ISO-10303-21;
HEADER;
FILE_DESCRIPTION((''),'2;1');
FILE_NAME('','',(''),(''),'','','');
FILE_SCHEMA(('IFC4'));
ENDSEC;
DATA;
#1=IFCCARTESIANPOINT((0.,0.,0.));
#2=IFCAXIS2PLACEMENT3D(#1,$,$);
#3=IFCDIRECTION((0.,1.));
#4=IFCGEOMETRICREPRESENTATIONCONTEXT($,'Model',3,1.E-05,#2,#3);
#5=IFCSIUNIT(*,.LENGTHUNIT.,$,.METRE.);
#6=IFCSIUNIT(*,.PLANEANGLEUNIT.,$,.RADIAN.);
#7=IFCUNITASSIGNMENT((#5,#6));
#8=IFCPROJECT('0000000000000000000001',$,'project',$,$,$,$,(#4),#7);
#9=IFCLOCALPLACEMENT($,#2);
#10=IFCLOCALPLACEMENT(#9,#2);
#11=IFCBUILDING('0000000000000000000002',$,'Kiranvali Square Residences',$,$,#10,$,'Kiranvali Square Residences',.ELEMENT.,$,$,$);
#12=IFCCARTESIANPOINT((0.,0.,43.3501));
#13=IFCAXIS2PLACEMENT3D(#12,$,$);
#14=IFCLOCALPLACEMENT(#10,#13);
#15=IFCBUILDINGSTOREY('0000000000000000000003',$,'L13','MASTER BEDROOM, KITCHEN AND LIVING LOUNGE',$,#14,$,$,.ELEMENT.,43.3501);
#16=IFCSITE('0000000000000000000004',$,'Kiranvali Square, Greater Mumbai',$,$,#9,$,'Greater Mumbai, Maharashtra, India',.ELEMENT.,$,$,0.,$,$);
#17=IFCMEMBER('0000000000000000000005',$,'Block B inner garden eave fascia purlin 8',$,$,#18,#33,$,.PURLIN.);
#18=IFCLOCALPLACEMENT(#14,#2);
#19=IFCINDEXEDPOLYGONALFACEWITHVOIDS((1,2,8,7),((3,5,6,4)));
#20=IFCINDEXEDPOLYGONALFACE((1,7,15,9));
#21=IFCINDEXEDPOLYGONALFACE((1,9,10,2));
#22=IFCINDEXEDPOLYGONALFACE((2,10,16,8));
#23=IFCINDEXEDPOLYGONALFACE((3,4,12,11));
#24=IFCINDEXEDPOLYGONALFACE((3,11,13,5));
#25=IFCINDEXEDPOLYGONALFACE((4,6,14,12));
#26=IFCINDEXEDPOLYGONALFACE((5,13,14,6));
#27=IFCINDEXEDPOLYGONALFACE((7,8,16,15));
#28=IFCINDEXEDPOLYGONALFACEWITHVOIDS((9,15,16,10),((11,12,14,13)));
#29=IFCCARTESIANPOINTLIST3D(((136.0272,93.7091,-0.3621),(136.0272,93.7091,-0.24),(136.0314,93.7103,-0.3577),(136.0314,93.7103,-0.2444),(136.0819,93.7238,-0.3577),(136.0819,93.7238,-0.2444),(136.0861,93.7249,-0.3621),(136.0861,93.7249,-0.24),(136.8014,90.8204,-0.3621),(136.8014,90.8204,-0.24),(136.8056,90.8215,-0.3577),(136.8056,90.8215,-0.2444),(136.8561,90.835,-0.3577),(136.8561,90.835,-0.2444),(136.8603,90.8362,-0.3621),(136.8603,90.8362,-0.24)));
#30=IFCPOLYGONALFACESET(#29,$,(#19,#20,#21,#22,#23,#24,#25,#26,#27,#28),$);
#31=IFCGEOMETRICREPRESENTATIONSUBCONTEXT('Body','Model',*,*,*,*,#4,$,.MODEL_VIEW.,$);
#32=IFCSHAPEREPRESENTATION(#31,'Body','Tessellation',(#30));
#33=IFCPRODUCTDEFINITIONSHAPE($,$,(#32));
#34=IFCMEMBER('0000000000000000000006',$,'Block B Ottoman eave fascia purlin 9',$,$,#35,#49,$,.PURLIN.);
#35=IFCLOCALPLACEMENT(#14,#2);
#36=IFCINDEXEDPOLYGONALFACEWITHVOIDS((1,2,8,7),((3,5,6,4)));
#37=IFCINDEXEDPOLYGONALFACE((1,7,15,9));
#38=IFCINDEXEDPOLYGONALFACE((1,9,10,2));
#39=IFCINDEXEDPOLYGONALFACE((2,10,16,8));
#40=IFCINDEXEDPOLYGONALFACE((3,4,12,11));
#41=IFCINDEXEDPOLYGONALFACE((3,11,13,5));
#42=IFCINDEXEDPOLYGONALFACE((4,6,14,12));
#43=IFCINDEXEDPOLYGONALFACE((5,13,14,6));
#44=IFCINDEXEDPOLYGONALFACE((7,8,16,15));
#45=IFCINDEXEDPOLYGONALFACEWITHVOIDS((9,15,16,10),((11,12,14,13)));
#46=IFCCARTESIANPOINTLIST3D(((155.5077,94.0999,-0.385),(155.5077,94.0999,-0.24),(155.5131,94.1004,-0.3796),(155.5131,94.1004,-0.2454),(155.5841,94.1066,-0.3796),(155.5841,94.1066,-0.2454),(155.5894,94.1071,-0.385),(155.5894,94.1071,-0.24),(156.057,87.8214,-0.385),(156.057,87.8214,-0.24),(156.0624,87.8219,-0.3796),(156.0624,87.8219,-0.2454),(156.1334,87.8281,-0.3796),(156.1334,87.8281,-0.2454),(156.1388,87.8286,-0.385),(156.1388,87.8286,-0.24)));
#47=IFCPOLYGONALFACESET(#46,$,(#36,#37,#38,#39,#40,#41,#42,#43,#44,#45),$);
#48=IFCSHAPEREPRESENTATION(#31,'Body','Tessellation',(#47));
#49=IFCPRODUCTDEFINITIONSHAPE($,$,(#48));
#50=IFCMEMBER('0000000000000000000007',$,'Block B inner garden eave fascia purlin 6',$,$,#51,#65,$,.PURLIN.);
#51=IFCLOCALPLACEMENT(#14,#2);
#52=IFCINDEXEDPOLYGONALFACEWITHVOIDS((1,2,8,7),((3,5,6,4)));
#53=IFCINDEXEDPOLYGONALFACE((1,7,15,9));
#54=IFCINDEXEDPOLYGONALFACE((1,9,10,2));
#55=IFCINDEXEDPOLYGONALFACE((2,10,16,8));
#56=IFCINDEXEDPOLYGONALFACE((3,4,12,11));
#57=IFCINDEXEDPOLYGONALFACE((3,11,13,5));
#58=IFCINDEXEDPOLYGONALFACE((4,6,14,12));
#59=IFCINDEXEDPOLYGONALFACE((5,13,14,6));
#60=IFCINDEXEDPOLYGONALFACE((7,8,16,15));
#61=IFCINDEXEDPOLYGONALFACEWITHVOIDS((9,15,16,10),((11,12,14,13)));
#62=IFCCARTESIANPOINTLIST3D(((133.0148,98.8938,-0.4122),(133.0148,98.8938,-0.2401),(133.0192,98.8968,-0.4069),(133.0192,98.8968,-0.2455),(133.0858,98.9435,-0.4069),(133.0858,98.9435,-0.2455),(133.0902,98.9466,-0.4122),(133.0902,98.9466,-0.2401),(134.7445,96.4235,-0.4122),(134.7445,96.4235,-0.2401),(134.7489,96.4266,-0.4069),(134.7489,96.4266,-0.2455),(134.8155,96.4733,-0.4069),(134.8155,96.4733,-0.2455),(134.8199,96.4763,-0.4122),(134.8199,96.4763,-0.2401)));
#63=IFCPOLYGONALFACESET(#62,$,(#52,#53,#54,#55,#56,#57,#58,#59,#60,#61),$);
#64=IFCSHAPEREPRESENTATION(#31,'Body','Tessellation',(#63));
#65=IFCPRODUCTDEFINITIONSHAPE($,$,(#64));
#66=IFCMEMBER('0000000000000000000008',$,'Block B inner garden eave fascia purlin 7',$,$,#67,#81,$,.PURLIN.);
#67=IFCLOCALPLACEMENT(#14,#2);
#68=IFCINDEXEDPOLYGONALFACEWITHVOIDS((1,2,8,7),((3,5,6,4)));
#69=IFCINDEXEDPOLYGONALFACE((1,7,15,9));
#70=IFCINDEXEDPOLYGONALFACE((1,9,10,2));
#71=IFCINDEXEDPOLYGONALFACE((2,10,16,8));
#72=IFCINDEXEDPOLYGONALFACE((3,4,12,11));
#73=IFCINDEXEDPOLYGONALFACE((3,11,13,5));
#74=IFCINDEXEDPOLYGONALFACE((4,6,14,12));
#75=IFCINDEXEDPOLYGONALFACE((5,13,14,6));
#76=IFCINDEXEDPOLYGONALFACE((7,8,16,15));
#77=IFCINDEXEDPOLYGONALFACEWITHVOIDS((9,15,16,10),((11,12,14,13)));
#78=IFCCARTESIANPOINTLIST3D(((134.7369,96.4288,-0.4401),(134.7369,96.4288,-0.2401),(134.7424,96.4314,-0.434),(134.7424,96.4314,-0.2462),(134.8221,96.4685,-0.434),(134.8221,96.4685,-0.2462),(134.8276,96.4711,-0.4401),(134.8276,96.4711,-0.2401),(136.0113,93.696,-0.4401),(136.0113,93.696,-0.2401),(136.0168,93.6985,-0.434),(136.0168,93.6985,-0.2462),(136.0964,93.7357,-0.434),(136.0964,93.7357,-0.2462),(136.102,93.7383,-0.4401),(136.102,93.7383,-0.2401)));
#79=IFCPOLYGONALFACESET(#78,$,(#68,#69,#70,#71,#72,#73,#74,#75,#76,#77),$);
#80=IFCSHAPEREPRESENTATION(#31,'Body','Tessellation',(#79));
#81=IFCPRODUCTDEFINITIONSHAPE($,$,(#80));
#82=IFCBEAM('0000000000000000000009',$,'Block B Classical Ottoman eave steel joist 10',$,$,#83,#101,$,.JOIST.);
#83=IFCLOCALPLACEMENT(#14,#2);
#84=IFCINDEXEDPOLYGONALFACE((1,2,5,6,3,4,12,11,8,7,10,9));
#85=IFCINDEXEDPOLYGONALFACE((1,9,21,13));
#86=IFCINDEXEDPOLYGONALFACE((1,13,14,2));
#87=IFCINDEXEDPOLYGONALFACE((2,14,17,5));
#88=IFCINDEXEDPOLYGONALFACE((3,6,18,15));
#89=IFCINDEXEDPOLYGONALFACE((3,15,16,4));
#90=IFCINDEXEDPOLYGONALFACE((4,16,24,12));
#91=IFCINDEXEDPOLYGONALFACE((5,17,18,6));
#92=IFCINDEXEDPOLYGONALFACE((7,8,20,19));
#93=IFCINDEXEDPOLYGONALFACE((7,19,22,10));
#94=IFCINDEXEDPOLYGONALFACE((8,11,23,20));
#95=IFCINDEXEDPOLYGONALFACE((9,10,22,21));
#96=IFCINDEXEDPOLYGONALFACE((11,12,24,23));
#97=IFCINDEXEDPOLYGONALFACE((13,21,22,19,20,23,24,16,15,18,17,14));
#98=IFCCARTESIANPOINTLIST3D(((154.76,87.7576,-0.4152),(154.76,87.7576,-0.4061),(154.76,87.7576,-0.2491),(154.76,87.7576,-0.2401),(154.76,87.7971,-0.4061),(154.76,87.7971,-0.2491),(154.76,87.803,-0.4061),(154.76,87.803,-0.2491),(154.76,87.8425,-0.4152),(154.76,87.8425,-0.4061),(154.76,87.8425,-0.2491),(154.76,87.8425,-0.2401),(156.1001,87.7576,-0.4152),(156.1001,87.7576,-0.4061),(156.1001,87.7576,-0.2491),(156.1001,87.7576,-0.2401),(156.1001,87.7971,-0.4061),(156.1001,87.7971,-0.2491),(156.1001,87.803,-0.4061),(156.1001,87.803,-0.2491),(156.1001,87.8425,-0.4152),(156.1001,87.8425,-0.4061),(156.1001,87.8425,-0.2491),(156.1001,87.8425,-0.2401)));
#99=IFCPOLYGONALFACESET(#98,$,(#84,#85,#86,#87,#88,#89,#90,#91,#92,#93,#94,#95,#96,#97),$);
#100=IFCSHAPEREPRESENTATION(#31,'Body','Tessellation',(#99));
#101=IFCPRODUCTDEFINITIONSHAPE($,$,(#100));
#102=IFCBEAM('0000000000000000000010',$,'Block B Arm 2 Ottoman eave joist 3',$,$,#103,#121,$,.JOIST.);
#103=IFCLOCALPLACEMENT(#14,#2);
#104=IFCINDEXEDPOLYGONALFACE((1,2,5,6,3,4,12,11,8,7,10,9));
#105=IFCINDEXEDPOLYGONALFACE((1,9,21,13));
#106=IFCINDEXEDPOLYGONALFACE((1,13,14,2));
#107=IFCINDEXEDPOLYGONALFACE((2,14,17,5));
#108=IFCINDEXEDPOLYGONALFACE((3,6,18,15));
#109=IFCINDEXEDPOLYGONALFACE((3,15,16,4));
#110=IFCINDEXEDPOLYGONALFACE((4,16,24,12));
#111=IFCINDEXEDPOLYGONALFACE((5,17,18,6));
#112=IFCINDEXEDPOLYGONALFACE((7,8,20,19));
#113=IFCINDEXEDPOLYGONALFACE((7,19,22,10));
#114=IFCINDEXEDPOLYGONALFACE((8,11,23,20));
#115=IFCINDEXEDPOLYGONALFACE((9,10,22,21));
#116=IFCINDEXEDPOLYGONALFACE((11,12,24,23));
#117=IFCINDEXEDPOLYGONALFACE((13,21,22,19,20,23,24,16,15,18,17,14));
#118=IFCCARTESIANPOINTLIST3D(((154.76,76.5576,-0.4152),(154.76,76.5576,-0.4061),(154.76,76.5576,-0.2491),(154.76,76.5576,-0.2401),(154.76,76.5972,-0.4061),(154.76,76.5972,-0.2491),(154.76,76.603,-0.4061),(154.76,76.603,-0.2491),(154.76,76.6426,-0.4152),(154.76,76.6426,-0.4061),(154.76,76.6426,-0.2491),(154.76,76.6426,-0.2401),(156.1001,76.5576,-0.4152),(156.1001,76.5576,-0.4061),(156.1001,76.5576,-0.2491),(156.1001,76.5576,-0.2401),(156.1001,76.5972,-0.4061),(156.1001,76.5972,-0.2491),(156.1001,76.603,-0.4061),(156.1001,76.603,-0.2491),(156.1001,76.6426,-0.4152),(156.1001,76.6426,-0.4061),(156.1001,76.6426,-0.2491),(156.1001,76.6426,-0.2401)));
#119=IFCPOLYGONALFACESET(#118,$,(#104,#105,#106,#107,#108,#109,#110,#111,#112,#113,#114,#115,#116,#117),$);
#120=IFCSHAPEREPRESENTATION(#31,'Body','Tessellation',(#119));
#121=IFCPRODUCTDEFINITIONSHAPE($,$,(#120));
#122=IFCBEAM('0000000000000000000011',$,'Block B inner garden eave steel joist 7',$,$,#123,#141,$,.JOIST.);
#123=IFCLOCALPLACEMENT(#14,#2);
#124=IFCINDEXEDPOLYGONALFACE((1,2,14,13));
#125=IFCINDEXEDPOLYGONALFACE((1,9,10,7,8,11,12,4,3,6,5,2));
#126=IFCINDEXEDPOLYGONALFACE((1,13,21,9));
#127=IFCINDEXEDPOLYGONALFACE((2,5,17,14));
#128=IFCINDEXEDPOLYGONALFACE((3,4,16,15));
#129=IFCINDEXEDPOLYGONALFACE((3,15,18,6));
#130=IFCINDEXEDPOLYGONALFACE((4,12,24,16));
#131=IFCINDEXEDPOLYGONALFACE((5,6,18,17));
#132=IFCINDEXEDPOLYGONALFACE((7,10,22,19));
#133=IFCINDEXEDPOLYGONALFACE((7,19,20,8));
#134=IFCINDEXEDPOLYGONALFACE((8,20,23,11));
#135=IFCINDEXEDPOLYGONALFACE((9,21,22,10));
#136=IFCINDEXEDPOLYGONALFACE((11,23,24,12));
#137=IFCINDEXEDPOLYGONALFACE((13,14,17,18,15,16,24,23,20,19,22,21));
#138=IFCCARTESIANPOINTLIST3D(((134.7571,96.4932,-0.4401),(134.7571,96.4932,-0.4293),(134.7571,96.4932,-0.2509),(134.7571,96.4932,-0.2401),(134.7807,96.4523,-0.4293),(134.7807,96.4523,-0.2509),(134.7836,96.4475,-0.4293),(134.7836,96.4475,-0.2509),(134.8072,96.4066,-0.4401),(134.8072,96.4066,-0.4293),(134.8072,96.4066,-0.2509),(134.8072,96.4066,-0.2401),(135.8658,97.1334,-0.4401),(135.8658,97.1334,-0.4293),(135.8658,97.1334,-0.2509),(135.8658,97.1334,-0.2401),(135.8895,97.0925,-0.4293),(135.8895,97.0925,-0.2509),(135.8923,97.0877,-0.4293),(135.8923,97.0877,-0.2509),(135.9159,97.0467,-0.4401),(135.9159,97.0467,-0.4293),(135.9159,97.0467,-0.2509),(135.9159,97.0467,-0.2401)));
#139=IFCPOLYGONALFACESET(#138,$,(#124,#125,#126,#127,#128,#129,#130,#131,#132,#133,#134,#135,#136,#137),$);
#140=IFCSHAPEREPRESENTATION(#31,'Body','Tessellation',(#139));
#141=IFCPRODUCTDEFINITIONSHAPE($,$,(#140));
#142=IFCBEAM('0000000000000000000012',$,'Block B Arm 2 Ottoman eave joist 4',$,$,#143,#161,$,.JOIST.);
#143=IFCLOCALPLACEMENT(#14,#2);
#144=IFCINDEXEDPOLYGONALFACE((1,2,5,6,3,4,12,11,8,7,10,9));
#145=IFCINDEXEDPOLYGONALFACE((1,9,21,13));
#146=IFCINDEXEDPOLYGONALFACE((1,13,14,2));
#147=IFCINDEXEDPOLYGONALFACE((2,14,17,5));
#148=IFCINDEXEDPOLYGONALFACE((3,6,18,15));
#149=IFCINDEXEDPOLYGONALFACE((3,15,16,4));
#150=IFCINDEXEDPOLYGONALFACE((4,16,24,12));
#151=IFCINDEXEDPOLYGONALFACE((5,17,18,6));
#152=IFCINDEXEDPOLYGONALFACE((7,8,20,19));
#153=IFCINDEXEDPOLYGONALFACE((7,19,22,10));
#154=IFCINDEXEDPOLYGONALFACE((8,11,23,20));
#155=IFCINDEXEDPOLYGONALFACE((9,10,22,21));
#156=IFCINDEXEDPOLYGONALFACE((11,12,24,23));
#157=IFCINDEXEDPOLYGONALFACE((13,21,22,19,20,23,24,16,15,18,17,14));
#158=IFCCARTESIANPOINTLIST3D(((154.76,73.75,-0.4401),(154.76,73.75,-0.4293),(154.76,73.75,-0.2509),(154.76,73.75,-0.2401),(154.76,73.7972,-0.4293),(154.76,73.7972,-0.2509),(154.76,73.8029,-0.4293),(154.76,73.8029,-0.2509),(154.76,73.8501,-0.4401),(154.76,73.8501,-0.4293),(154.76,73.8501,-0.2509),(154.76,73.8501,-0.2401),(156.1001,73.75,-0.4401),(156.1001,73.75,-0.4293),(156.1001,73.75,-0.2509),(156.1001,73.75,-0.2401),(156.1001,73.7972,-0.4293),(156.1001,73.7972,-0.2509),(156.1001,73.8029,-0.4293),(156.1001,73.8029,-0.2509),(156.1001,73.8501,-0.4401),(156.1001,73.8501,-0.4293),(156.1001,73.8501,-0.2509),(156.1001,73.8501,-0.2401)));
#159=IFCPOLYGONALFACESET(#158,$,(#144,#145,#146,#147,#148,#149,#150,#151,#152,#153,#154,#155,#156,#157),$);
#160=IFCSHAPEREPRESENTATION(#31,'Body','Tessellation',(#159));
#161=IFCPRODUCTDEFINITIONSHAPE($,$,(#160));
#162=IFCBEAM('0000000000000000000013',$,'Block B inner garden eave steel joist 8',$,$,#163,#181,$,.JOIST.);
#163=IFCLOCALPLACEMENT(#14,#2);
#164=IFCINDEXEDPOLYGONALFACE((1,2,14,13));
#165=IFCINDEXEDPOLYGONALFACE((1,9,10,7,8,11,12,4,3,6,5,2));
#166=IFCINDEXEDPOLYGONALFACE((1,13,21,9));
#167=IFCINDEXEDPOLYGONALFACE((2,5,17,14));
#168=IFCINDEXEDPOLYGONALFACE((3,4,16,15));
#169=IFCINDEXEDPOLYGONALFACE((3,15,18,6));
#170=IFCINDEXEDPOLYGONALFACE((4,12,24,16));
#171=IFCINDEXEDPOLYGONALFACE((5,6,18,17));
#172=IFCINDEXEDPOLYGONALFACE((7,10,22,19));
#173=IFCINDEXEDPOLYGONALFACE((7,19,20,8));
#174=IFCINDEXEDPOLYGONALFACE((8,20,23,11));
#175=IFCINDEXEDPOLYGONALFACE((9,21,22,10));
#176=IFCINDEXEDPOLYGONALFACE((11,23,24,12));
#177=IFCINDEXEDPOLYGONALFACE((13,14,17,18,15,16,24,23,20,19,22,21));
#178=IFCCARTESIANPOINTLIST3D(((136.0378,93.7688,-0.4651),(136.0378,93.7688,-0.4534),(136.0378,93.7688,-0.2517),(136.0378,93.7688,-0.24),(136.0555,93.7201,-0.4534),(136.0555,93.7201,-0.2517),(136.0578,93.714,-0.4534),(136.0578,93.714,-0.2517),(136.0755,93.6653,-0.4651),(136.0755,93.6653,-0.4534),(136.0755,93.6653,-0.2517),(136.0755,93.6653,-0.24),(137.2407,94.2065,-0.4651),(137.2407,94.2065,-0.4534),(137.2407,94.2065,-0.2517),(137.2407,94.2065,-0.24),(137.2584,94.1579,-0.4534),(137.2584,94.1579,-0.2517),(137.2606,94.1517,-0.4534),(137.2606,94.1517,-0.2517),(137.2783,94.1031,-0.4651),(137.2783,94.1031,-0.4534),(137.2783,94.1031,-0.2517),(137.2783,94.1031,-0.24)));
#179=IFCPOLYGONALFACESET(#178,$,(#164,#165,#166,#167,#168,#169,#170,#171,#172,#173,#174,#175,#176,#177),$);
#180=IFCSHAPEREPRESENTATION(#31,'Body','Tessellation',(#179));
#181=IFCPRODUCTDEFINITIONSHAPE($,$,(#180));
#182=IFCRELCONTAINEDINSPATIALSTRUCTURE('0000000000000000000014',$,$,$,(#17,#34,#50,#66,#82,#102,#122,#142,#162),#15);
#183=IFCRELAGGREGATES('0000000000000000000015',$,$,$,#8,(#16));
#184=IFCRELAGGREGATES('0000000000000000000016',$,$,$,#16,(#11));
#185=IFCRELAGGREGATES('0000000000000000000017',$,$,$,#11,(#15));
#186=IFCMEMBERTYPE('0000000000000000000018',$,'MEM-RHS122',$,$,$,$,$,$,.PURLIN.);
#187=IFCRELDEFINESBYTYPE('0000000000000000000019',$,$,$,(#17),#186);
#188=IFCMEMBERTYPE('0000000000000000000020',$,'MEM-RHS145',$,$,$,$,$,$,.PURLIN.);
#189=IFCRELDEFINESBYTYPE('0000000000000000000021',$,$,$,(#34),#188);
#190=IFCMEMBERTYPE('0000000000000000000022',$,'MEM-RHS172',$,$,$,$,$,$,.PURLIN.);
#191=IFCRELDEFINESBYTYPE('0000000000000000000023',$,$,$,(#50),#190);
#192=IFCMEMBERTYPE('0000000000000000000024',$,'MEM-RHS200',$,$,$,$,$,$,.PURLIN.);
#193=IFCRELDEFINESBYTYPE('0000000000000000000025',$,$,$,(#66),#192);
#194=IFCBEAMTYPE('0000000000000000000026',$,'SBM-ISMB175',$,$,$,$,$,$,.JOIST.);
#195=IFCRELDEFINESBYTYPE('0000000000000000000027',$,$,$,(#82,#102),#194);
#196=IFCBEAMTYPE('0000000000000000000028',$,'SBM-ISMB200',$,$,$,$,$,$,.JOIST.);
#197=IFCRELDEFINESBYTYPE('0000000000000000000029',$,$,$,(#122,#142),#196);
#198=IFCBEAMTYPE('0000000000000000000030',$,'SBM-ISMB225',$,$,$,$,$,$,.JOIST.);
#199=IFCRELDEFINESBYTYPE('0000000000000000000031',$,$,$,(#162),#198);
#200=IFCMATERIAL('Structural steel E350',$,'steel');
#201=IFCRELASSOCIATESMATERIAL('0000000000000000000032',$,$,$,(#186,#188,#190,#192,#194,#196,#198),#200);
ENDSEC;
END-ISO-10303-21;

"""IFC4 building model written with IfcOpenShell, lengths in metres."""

from ifc_helpers import new_model, si_unit, direction, frame, origin, origin_2d, place, context, subcontext, project, spatial, hollow_rectangle, i_section, extrude, material, material_profile, profile_set, type_object, element, save


model = new_model("IFC4")

# Units and contexts
model_context = context("Model", 3, precision=1e-05, world=origin(), true_north=direction((0.0, 1.0)))
body_context = subcontext(model_context, "Body", "Model", "MODEL_VIEW")
ifc_project = project(units=[si_unit("LENGTHUNIT", "METRE"), si_unit("PLANEANGLEUNIT", "RADIAN")], contexts=[model_context])

# Site, building, storey
site_placement = place(None, origin())
site = spatial("IfcSite", under=ifc_project, at=site_placement, Name="Kiranvali Square, Greater Mumbai", LongName="Greater Mumbai, Maharashtra, India", CompositionType="ELEMENT", RefElevation=0.0)
building_placement = place(site_placement, origin())
building = spatial("IfcBuilding", under=site, at=building_placement, Name="Kiranvali Square Residences", LongName="Kiranvali Square Residences", CompositionType="ELEMENT")
storey_placement = place(building_placement, frame((0.0, 0.0, 43.3501)))
storey = spatial("IfcBuildingStorey", under=building, at=storey_placement, Name="L13", Description="MASTER BEDROOM, KITCHEN AND LIVING LOUNGE", CompositionType="ELEMENT", Elevation=43.3501)

# Members
ifc_material_1 = material(Name="Structural steel E350", Category="steel")
ifc_material_profile_1 = material_profile(ifc_material_1, hollow_rectangle(XDim=0.061, YDim=0.1221, WallThickness=0.0044, at=origin_2d()), Name="RHS 122x61x4.5")
ifc_profile_set_1 = profile_set([ifc_material_profile_1], Name="Structural steel E350")
member_type_1 = type_object("IfcMemberType", Name="MEM-RHS122", PredefinedType="PURLIN", material=ifc_profile_set_1)
member_1_placement = place(storey_placement, frame((136.0566, 93.717, -0.301), z_axis=(0.258867, -0.965913, 0.0), x_axis=(0.965913, 0.258867, 0.0)))
element("IfcMember", 1, at=member_1_placement, inside=storey, type_object=member_type_1, Name="Block B inner garden eave fascia purlin 8", PredefinedType="PURLIN", context=body_context, shape_type="SweptSolid", body=[
    extrude(hollow_rectangle(XDim=0.061, YDim=0.1221, WallThickness=0.0044, at=origin_2d()), origin(), (0.0, 0.0, 1.0), 2.9907),
])
ifc_material_profile_2 = material_profile(ifc_material_1, hollow_rectangle(XDim=0.082, YDim=0.145, WallThickness=0.0054, at=origin_2d()), Name="RHS 145x82x5.4")
ifc_profile_set_2 = profile_set([ifc_material_profile_2], Name="Structural steel E350")
member_type_2 = type_object("IfcMemberType", Name="MEM-RHS145", PredefinedType="PURLIN", material=ifc_profile_set_2)
member_2_placement = place(storey_placement, frame((155.5486, 94.1035, -0.3125), z_axis=(0.087158, -0.996195, 0.0), x_axis=(0.996195, 0.087158, 0.0)))
element("IfcMember", 2, at=member_2_placement, inside=storey, type_object=member_type_2, Name="Block B Ottoman eave fascia purlin 9", PredefinedType="PURLIN", context=body_context, shape_type="SweptSolid", body=[
    extrude(hollow_rectangle(XDim=0.082, YDim=0.145, WallThickness=0.0054, at=origin_2d()), origin(), (0.0, 0.0, 1.0), 6.3025),
])
ifc_material_profile_3 = material_profile(ifc_material_1, hollow_rectangle(XDim=0.092, YDim=0.1721, WallThickness=0.0054, at=origin_2d()), Name="RHS 172x92x5.4")
ifc_profile_set_3 = profile_set([ifc_material_profile_3], Name="Structural steel E350")
member_type_3 = type_object("IfcMemberType", Name="MEM-RHS172", PredefinedType="PURLIN", material=ifc_profile_set_3)
member_3_placement = place(storey_placement, frame((133.0525, 98.9202, -0.3262), z_axis=(0.573593, -0.819141, 0.0), x_axis=(0.819141, 0.573593, 0.0)))
element("IfcMember", 3, at=member_3_placement, inside=storey, type_object=member_type_3, Name="Block B inner garden eave fascia purlin 6", PredefinedType="PURLIN", context=body_context, shape_type="SweptSolid", body=[
    extrude(hollow_rectangle(XDim=0.092, YDim=0.1721, WallThickness=0.0054, at=origin_2d()), origin(), (0.0, 0.0, 1.0), 3.0156),
])
ifc_material_profile_4 = material_profile(ifc_material_1, hollow_rectangle(XDim=0.1001, YDim=0.2, WallThickness=0.0061, at=origin_2d()), Name="RHS 200x100x6.0")
ifc_profile_set_4 = profile_set([ifc_material_profile_4], Name="Structural steel E350")
member_type_4 = type_object("IfcMemberType", Name="MEM-RHS200", PredefinedType="PURLIN", material=ifc_profile_set_4)
member_4_placement = place(storey_placement, frame((134.7822, 96.45, -0.3401), z_axis=(0.422628, -0.906303, 0.0), x_axis=(0.906303, 0.422628, 0.0)))
element("IfcMember", 4, at=member_4_placement, inside=storey, type_object=member_type_4, Name="Block B inner garden eave fascia purlin 7", PredefinedType="PURLIN", context=body_context, shape_type="SweptSolid", body=[
    extrude(hollow_rectangle(XDim=0.1001, YDim=0.2, WallThickness=0.0061, at=origin_2d()), origin(), (0.0, 0.0, 1.0), 3.0154),
])

# Beams
ifc_material_profile_5 = material_profile(ifc_material_1, i_section(OverallWidth=0.085, OverallDepth=0.175, WebThickness=0.0059, FlangeThickness=0.009, at=origin_2d()), Name="ISMB 175")
ifc_profile_set_5 = profile_set([ifc_material_profile_5], Name="Structural steel E350")
beam_type_1 = type_object("IfcBeamType", Name="SBM-ISMB175", PredefinedType="JOIST", material=ifc_profile_set_5)
for number, where, z_axis, x_axis, name in (
    (5, (154.76, 87.8, -0.3276), (1.0, 0.0, 0.0), (0.0, 1.0, 0.0), "Block B Classical Ottoman eave steel joist 10"),
    (6, (154.76, 76.6001, -0.3276), (1.0, 0.0, 0.0), (0.0, 1.0, 0.0), "Block B Arm 2 Ottoman eave joist 3"),
):
    element("IfcBeam", number, at=place(storey_placement, frame(where, z_axis=z_axis, x_axis=x_axis)), inside=storey, type_object=beam_type_1, Name=name, PredefinedType="JOIST", context=body_context, shape_type="SweptSolid", body=[
        extrude(i_section(OverallWidth=0.085, OverallDepth=0.175, WebThickness=0.0059, FlangeThickness=0.009, at=origin_2d()), origin(), (0.0, 0.0, 1.0), 1.3401),
    ])
ifc_material_profile_6 = material_profile(ifc_material_1, i_section(OverallWidth=0.1001, OverallDepth=0.2, WebThickness=0.0056, FlangeThickness=0.0107, at=origin_2d()), Name="ISMB 200")
ifc_profile_set_6 = profile_set([ifc_material_profile_6], Name="Structural steel E350")
beam_type_2 = type_object("IfcBeamType", Name="SBM-ISMB200", PredefinedType="JOIST", material=ifc_profile_set_6)
beam_1_placement = place(storey_placement, frame((135.8909, 97.0901, -0.3401), z_axis=(-0.866005, -0.500036, 0.0), x_axis=(0.500036, -0.866005, 0.0)))
element("IfcBeam", 7, at=beam_1_placement, inside=storey, type_object=beam_type_2, Name="Block B inner garden eave steel joist 7", PredefinedType="JOIST", context=body_context, shape_type="SweptSolid", body=[
    extrude(i_section(OverallWidth=0.1001, OverallDepth=0.2, WebThickness=0.0056, FlangeThickness=0.0107, at=origin_2d()), origin(), (0.0, 0.0, 1.0), 1.2803),
])
beam_2_placement = place(storey_placement, frame((154.76, 73.8, -0.3401), z_axis=(1.0, 0.0, 0.0), x_axis=(0.0, 1.0, 0.0)))
element("IfcBeam", 8, at=beam_2_placement, inside=storey, type_object=beam_type_2, Name="Block B Arm 2 Ottoman eave joist 4", PredefinedType="JOIST", context=body_context, shape_type="SweptSolid", body=[
    extrude(i_section(OverallWidth=0.1001, OverallDepth=0.2, WebThickness=0.0056, FlangeThickness=0.0107, at=origin_2d()), origin(), (0.0, 0.0, 1.0), 1.3401),
])
ifc_material_profile_7 = material_profile(ifc_material_1, i_section(OverallWidth=0.1101, OverallDepth=0.2251, WebThickness=0.0066, FlangeThickness=0.0117, at=origin_2d()), Name="ISMB 225")
ifc_profile_set_7 = profile_set([ifc_material_profile_7], Name="Structural steel E350")
beam_type_3 = type_object("IfcBeamType", Name="SBM-ISMB225", PredefinedType="JOIST", material=ifc_profile_set_7)
beam_3_placement = place(storey_placement, frame((137.2595, 94.1548, -0.3525), z_axis=(-0.93971, -0.341973, 0.0), x_axis=(0.341973, -0.93971, 0.0)))
element("IfcBeam", 9, at=beam_3_placement, inside=storey, type_object=beam_type_3, Name="Block B inner garden eave steel joist 8", PredefinedType="JOIST", context=body_context, shape_type="SweptSolid", body=[
    extrude(i_section(OverallWidth=0.1101, OverallDepth=0.2251, WebThickness=0.0066, FlangeThickness=0.0117, at=origin_2d()), origin(), (0.0, 0.0, 1.0), 1.28),
])

save(model, "model.ifc")
